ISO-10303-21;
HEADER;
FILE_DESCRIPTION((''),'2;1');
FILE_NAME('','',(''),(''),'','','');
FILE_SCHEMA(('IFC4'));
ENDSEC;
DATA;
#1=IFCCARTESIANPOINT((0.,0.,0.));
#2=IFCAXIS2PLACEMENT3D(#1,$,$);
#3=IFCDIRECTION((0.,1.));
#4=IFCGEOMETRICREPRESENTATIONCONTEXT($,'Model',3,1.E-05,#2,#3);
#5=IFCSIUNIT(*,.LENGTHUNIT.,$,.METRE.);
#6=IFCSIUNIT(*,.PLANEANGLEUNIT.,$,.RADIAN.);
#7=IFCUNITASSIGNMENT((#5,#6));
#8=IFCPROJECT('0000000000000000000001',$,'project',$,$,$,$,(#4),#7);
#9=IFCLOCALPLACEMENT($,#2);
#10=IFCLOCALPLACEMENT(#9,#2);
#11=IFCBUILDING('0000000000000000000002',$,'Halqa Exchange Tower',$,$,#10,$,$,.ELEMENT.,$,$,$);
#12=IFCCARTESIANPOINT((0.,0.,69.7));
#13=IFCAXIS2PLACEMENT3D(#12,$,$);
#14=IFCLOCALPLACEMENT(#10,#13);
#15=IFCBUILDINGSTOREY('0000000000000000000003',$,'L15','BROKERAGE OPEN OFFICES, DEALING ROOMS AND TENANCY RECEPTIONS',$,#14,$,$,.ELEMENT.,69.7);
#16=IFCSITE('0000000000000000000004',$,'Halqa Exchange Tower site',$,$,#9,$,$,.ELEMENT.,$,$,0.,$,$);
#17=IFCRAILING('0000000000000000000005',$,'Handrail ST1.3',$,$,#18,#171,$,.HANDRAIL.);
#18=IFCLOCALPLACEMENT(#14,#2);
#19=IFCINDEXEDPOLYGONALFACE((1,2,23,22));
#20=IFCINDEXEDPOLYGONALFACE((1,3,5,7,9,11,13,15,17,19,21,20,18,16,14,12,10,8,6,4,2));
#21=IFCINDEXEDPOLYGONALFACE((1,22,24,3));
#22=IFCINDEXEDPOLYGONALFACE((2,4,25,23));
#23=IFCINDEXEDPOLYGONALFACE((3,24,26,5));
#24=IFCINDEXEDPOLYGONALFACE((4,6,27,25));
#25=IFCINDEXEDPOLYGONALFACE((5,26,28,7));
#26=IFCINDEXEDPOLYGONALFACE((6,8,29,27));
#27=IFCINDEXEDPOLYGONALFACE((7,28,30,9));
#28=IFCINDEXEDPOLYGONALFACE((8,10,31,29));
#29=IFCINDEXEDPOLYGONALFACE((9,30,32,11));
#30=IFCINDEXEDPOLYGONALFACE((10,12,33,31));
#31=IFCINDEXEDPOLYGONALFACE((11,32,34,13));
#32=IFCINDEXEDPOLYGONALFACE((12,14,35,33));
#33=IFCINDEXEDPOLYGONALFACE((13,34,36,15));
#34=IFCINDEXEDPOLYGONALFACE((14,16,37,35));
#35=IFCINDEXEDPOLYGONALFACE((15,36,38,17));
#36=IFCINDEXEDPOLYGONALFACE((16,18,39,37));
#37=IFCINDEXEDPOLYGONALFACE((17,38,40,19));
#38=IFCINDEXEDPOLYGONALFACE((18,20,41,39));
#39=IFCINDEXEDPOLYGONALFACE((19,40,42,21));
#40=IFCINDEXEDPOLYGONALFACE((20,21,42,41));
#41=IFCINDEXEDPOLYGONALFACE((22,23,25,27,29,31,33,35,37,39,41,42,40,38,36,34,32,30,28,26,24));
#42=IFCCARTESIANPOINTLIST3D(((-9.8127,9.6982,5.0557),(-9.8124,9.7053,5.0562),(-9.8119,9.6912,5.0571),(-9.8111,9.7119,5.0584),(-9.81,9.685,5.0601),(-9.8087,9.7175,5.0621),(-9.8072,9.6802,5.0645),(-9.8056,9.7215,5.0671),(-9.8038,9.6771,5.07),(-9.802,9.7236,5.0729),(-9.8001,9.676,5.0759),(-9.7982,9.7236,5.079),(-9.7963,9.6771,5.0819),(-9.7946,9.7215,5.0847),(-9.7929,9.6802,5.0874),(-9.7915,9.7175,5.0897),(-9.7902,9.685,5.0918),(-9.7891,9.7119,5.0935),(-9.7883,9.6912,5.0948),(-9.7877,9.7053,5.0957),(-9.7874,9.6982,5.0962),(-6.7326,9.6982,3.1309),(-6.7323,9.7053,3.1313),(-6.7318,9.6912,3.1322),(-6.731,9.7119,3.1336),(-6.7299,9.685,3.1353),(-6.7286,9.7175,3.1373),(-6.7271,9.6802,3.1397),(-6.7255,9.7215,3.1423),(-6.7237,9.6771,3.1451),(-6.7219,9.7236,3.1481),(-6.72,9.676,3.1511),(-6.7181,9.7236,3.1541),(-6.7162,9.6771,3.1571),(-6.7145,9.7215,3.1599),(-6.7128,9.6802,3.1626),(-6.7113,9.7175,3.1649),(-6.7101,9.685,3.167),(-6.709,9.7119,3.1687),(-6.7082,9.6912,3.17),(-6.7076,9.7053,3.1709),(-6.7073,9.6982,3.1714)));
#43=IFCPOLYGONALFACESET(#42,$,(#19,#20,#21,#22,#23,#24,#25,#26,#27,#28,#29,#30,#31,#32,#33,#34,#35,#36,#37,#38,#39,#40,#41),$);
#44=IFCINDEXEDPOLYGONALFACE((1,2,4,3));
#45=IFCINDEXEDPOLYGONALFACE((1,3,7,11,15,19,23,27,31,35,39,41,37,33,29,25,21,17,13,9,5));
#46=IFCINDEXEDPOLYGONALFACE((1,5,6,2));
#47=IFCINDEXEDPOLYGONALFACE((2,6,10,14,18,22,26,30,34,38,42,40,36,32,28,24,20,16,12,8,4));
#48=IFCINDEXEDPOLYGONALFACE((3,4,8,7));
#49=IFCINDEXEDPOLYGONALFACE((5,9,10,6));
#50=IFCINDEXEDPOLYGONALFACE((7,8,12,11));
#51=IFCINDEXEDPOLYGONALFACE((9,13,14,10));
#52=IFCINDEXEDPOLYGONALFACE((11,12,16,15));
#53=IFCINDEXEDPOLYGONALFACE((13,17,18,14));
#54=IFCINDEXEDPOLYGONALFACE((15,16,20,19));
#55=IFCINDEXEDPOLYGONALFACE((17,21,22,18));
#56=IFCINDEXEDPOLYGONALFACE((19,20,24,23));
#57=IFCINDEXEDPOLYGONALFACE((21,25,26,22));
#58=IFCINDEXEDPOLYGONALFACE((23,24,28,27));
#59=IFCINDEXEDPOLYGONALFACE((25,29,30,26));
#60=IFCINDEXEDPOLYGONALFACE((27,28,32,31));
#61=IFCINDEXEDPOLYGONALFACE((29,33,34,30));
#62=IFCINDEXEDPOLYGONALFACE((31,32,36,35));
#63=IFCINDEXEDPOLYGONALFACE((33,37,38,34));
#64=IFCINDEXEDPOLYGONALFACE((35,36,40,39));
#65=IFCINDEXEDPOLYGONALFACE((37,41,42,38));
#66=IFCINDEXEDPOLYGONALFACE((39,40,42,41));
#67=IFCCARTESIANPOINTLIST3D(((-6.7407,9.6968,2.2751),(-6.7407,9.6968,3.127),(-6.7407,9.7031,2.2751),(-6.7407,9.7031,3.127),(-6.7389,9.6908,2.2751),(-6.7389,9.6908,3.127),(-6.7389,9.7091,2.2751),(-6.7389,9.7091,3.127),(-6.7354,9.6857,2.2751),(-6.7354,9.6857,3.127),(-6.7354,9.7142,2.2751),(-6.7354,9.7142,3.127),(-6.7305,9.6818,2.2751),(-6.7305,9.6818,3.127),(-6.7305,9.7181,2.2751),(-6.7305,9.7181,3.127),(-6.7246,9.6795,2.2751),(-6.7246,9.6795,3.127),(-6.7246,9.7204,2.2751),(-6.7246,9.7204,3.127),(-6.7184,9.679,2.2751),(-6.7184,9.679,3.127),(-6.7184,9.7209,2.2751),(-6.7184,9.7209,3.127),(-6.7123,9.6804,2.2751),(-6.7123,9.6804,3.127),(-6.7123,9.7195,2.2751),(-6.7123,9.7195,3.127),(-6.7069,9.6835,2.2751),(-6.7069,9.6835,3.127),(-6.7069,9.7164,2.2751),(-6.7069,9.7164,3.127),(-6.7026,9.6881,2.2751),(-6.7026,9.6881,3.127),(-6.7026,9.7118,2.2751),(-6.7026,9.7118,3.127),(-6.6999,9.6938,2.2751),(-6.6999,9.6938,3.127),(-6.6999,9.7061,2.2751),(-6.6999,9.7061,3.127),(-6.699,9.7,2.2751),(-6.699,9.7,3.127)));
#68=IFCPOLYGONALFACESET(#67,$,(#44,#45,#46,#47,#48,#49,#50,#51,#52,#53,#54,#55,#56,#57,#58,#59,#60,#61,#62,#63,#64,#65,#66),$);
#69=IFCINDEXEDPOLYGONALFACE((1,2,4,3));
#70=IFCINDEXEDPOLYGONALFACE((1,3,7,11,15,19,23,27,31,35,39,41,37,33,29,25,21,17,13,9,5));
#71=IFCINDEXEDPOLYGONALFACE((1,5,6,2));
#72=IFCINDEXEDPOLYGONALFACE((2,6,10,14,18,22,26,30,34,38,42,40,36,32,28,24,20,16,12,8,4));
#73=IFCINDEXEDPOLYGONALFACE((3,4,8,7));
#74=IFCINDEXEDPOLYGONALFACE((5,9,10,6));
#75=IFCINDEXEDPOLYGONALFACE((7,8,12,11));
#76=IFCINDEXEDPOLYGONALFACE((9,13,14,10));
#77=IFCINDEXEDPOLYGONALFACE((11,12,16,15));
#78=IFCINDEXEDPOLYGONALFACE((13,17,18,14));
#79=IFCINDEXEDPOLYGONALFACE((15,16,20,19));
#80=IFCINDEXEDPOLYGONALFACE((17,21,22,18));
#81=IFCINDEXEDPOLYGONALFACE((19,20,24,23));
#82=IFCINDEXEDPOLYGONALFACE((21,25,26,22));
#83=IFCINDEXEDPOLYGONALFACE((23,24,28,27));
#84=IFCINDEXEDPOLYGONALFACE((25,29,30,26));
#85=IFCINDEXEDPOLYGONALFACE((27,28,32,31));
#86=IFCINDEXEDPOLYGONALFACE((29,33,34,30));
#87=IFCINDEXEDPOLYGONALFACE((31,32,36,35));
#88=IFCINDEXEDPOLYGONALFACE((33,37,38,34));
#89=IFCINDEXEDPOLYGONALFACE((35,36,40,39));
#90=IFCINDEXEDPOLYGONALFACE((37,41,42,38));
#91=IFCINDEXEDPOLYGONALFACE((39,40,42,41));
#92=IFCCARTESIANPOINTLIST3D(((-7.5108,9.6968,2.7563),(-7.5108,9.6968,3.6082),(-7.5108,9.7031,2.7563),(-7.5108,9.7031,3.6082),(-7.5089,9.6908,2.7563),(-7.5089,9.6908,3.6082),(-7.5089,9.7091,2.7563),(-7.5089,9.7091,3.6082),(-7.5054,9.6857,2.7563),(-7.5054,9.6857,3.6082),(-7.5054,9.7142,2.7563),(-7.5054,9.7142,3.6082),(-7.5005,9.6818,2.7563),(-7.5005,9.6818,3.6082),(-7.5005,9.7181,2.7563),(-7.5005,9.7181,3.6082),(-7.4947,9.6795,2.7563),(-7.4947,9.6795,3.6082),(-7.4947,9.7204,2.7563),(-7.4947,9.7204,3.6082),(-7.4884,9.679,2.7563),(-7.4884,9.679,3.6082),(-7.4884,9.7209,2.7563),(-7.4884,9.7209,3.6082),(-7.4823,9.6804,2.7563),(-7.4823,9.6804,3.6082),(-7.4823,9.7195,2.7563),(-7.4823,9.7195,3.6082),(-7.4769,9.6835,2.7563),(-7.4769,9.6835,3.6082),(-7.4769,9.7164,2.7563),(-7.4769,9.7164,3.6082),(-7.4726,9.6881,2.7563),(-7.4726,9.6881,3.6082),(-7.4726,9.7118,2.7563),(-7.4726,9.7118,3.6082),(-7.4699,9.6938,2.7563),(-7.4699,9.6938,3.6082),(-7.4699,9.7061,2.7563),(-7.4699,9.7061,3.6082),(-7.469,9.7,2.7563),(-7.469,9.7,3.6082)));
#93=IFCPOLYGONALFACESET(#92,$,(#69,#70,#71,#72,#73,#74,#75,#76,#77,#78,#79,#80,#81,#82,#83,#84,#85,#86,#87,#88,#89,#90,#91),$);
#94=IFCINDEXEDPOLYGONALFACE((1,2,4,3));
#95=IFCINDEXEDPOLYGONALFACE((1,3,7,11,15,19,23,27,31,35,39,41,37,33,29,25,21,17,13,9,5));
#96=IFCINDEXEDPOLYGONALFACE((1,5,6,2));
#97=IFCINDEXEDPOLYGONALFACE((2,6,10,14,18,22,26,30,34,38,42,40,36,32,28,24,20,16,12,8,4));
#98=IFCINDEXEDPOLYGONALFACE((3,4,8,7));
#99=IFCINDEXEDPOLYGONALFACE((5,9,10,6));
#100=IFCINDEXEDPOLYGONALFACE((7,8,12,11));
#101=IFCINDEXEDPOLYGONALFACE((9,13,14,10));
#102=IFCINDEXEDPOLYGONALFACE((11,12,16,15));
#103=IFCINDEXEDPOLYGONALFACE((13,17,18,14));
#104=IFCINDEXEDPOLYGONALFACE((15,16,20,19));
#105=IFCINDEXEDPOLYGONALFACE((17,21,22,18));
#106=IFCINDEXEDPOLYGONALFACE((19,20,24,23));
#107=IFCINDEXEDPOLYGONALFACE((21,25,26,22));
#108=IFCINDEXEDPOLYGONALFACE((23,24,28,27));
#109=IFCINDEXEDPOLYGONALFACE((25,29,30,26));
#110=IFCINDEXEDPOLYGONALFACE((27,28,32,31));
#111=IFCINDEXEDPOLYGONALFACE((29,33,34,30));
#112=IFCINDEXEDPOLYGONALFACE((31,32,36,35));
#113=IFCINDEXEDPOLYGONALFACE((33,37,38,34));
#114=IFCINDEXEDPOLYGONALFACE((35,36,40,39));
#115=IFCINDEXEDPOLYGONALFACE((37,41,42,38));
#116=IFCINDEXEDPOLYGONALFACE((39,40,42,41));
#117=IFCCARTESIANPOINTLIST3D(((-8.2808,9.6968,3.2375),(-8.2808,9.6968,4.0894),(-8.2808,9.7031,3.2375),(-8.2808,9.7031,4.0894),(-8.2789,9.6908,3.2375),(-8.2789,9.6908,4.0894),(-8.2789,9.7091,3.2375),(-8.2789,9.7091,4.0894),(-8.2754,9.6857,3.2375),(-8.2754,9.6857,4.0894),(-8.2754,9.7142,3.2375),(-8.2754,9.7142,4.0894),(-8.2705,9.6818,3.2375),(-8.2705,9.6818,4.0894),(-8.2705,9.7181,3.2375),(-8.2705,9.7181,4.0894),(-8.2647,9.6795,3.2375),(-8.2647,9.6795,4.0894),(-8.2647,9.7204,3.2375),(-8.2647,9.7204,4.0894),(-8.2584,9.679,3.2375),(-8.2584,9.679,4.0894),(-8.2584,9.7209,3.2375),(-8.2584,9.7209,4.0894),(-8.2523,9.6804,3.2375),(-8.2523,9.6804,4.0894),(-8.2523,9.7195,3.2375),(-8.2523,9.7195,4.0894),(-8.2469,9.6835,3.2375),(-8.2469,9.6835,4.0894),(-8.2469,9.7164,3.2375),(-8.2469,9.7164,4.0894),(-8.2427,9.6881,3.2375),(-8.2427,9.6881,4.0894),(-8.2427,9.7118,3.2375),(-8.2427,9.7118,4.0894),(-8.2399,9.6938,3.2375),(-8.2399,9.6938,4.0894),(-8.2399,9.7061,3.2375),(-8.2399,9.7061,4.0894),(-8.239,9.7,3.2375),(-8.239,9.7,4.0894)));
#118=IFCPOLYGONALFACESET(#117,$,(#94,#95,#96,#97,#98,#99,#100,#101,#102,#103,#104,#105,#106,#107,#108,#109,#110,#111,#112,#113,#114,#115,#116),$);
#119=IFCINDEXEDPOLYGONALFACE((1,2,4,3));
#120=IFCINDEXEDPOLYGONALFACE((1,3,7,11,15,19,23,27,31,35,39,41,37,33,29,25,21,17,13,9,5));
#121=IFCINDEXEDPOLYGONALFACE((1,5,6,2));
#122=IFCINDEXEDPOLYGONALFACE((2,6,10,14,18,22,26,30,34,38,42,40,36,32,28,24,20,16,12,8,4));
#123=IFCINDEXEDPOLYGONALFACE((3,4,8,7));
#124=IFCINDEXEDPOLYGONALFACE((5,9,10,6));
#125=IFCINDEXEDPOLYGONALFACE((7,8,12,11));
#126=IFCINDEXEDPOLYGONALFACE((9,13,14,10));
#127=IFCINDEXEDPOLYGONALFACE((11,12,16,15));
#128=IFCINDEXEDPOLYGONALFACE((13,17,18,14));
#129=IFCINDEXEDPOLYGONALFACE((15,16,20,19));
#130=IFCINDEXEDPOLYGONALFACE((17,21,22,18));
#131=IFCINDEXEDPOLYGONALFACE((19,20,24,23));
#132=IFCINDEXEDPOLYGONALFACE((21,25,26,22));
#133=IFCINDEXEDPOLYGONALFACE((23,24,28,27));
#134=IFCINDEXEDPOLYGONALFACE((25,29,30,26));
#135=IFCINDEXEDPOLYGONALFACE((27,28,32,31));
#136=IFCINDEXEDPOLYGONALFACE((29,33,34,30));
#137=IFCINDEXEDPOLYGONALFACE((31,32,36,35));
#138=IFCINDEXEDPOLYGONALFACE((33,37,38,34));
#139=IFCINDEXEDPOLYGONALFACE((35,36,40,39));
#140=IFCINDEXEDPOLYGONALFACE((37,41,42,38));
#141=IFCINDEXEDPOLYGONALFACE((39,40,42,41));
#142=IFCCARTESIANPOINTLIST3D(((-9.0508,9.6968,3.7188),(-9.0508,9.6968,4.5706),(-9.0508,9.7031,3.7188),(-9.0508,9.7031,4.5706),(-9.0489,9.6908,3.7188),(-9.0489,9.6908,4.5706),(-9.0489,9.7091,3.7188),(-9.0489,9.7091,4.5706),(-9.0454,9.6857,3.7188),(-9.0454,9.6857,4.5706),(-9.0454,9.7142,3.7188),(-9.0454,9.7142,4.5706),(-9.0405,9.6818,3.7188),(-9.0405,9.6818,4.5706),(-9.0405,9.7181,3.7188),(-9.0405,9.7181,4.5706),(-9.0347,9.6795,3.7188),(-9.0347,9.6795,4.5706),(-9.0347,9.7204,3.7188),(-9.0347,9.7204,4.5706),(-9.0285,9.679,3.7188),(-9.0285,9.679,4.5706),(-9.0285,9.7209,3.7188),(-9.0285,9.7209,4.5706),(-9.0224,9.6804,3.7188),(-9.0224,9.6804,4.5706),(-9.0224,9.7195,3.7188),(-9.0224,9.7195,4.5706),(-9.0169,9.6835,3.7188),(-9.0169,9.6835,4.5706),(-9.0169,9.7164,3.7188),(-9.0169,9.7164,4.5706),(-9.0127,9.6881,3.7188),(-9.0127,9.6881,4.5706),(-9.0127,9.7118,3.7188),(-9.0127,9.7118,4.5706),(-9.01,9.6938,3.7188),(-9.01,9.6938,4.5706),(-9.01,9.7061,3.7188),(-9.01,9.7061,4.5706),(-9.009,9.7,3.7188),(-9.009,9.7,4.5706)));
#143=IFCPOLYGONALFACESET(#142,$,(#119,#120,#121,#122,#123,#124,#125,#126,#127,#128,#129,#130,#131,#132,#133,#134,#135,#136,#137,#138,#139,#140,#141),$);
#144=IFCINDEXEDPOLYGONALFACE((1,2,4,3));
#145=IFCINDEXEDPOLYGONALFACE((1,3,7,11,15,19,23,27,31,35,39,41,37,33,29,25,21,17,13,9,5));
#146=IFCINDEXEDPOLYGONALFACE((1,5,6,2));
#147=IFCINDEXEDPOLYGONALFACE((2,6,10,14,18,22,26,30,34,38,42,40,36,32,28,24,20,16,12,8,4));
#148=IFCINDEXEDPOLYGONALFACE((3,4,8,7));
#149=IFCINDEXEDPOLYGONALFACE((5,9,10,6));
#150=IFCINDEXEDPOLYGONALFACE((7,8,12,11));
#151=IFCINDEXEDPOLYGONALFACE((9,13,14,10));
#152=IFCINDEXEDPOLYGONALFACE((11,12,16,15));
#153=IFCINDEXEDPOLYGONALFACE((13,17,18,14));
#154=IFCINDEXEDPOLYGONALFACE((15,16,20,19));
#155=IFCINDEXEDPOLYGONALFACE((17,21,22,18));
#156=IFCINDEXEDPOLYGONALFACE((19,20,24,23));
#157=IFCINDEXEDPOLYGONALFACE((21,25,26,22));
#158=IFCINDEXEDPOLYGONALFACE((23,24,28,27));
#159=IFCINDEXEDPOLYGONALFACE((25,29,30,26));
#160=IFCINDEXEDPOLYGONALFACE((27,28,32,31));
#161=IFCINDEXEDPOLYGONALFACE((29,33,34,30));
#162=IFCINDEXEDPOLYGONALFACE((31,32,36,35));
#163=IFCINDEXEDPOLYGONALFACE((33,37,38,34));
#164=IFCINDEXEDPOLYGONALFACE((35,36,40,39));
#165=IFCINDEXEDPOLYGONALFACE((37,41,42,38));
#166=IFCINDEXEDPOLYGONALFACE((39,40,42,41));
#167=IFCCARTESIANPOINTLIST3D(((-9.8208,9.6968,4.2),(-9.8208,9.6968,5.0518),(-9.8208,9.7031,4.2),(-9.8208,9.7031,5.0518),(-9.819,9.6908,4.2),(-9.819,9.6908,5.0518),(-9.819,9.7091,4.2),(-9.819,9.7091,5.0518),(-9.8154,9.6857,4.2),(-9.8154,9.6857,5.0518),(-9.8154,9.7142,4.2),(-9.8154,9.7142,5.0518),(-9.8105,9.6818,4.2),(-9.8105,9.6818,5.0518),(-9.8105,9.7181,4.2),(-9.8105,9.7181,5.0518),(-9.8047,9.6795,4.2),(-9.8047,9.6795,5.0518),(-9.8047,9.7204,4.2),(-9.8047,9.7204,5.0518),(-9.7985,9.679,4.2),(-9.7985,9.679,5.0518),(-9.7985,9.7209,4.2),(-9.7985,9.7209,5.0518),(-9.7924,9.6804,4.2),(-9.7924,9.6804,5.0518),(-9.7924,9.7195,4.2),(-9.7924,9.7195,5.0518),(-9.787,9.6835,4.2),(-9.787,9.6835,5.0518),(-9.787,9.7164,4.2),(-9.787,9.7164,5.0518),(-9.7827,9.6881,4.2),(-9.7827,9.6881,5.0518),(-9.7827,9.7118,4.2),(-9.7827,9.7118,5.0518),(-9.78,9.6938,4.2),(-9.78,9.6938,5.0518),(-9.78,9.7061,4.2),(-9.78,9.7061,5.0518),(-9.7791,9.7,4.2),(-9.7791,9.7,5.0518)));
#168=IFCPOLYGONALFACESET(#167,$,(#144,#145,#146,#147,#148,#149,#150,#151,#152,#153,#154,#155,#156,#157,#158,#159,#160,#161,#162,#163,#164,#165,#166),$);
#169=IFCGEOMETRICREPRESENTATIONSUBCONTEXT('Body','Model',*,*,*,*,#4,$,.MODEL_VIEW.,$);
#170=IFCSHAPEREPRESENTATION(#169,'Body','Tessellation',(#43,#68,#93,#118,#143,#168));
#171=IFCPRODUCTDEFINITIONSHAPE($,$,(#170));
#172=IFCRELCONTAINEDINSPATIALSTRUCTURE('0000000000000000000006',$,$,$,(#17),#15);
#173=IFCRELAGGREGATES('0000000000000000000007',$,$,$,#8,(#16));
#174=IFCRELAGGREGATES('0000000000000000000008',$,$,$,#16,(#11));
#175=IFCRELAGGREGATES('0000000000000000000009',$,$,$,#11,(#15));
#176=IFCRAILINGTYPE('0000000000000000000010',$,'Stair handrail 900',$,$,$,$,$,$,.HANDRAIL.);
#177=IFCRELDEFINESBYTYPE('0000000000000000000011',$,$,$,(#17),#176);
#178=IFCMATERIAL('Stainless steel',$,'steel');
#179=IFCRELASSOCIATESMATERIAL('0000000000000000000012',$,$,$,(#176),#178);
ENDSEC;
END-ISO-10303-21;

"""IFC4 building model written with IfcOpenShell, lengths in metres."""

from ifc_helpers import new_model, si_unit, direction, frame, origin, origin_2d, place, context, subcontext, project, spatial, circle, extrude, material, type_object, element, save


model = new_model("IFC4")

# Units and contexts
model_context = context("Model", 3, precision=1e-05, world=origin(), true_north=direction((0.0, 1.0)))
body_context = subcontext(model_context, "Body", "Model", "MODEL_VIEW")
ifc_project = project(units=[si_unit("LENGTHUNIT", "METRE"), si_unit("PLANEANGLEUNIT", "RADIAN")], contexts=[model_context])

# Site, building, storey
site_placement = place(None, origin())
site = spatial("IfcSite", under=ifc_project, at=site_placement, Name="Halqa Exchange Tower site", CompositionType="ELEMENT", RefElevation=0.0)
building_placement = place(site_placement, origin())
building = spatial("IfcBuilding", under=site, at=building_placement, Name="Halqa Exchange Tower", CompositionType="ELEMENT")
storey_placement = place(building_placement, frame((0.0, 0.0, 69.7)))
storey = spatial("IfcBuildingStorey", under=building, at=storey_placement, Name="L15", Description="BROKERAGE OPEN OFFICES, DEALING ROOMS AND TENANCY RECEPTIONS", CompositionType="ELEMENT", Elevation=69.7)

# Railing
ifc_material_1 = material(Name="Stainless steel", Category="steel")
railing_type_1 = type_object("IfcRailingType", Name="Stair handrail 900", PredefinedType="HANDRAIL", material=ifc_material_1)
railing_1_placement = place(storey_placement, frame((-6.72, 9.7, 2.2751)))
element("IfcRailing", 1, at=railing_1_placement, inside=storey, type_object=railing_type_1, Name="Handrail ST1.3", PredefinedType="HANDRAIL", context=body_context, shape_type="SweptSolid", body=[
    extrude(circle(Radius=0.0239, at=origin_2d()), frame((0.0, 0.0, 0.876), z_axis=(-0.848029, 0.0, 0.529951), x_axis=(0.0, -1.0, 0.0)), (0.0, 0.0, 1.0), 3.6321),
    extrude(circle(Radius=0.021, at=origin_2d()), origin(), (0.0, 0.0, 1.0), 0.8518),
    extrude(circle(Radius=0.021, at=origin_2d()), frame((-0.77, 0.0, 0.4812)), (0.0, 0.0, 1.0), 0.8518),
    extrude(circle(Radius=0.021, at=origin_2d()), frame((-1.54, 0.0, 0.9624)), (0.0, 0.0, 1.0), 0.8518),
    extrude(circle(Radius=0.021, at=origin_2d()), frame((-2.3101, 0.0, 1.4436)), (0.0, 0.0, 1.0), 0.8518),
    extrude(circle(Radius=0.021, at=origin_2d()), frame((-3.0801, 0.0, 1.9248)), (0.0, 0.0, 1.0), 0.8518),
])

save(model, "model.ifc")
